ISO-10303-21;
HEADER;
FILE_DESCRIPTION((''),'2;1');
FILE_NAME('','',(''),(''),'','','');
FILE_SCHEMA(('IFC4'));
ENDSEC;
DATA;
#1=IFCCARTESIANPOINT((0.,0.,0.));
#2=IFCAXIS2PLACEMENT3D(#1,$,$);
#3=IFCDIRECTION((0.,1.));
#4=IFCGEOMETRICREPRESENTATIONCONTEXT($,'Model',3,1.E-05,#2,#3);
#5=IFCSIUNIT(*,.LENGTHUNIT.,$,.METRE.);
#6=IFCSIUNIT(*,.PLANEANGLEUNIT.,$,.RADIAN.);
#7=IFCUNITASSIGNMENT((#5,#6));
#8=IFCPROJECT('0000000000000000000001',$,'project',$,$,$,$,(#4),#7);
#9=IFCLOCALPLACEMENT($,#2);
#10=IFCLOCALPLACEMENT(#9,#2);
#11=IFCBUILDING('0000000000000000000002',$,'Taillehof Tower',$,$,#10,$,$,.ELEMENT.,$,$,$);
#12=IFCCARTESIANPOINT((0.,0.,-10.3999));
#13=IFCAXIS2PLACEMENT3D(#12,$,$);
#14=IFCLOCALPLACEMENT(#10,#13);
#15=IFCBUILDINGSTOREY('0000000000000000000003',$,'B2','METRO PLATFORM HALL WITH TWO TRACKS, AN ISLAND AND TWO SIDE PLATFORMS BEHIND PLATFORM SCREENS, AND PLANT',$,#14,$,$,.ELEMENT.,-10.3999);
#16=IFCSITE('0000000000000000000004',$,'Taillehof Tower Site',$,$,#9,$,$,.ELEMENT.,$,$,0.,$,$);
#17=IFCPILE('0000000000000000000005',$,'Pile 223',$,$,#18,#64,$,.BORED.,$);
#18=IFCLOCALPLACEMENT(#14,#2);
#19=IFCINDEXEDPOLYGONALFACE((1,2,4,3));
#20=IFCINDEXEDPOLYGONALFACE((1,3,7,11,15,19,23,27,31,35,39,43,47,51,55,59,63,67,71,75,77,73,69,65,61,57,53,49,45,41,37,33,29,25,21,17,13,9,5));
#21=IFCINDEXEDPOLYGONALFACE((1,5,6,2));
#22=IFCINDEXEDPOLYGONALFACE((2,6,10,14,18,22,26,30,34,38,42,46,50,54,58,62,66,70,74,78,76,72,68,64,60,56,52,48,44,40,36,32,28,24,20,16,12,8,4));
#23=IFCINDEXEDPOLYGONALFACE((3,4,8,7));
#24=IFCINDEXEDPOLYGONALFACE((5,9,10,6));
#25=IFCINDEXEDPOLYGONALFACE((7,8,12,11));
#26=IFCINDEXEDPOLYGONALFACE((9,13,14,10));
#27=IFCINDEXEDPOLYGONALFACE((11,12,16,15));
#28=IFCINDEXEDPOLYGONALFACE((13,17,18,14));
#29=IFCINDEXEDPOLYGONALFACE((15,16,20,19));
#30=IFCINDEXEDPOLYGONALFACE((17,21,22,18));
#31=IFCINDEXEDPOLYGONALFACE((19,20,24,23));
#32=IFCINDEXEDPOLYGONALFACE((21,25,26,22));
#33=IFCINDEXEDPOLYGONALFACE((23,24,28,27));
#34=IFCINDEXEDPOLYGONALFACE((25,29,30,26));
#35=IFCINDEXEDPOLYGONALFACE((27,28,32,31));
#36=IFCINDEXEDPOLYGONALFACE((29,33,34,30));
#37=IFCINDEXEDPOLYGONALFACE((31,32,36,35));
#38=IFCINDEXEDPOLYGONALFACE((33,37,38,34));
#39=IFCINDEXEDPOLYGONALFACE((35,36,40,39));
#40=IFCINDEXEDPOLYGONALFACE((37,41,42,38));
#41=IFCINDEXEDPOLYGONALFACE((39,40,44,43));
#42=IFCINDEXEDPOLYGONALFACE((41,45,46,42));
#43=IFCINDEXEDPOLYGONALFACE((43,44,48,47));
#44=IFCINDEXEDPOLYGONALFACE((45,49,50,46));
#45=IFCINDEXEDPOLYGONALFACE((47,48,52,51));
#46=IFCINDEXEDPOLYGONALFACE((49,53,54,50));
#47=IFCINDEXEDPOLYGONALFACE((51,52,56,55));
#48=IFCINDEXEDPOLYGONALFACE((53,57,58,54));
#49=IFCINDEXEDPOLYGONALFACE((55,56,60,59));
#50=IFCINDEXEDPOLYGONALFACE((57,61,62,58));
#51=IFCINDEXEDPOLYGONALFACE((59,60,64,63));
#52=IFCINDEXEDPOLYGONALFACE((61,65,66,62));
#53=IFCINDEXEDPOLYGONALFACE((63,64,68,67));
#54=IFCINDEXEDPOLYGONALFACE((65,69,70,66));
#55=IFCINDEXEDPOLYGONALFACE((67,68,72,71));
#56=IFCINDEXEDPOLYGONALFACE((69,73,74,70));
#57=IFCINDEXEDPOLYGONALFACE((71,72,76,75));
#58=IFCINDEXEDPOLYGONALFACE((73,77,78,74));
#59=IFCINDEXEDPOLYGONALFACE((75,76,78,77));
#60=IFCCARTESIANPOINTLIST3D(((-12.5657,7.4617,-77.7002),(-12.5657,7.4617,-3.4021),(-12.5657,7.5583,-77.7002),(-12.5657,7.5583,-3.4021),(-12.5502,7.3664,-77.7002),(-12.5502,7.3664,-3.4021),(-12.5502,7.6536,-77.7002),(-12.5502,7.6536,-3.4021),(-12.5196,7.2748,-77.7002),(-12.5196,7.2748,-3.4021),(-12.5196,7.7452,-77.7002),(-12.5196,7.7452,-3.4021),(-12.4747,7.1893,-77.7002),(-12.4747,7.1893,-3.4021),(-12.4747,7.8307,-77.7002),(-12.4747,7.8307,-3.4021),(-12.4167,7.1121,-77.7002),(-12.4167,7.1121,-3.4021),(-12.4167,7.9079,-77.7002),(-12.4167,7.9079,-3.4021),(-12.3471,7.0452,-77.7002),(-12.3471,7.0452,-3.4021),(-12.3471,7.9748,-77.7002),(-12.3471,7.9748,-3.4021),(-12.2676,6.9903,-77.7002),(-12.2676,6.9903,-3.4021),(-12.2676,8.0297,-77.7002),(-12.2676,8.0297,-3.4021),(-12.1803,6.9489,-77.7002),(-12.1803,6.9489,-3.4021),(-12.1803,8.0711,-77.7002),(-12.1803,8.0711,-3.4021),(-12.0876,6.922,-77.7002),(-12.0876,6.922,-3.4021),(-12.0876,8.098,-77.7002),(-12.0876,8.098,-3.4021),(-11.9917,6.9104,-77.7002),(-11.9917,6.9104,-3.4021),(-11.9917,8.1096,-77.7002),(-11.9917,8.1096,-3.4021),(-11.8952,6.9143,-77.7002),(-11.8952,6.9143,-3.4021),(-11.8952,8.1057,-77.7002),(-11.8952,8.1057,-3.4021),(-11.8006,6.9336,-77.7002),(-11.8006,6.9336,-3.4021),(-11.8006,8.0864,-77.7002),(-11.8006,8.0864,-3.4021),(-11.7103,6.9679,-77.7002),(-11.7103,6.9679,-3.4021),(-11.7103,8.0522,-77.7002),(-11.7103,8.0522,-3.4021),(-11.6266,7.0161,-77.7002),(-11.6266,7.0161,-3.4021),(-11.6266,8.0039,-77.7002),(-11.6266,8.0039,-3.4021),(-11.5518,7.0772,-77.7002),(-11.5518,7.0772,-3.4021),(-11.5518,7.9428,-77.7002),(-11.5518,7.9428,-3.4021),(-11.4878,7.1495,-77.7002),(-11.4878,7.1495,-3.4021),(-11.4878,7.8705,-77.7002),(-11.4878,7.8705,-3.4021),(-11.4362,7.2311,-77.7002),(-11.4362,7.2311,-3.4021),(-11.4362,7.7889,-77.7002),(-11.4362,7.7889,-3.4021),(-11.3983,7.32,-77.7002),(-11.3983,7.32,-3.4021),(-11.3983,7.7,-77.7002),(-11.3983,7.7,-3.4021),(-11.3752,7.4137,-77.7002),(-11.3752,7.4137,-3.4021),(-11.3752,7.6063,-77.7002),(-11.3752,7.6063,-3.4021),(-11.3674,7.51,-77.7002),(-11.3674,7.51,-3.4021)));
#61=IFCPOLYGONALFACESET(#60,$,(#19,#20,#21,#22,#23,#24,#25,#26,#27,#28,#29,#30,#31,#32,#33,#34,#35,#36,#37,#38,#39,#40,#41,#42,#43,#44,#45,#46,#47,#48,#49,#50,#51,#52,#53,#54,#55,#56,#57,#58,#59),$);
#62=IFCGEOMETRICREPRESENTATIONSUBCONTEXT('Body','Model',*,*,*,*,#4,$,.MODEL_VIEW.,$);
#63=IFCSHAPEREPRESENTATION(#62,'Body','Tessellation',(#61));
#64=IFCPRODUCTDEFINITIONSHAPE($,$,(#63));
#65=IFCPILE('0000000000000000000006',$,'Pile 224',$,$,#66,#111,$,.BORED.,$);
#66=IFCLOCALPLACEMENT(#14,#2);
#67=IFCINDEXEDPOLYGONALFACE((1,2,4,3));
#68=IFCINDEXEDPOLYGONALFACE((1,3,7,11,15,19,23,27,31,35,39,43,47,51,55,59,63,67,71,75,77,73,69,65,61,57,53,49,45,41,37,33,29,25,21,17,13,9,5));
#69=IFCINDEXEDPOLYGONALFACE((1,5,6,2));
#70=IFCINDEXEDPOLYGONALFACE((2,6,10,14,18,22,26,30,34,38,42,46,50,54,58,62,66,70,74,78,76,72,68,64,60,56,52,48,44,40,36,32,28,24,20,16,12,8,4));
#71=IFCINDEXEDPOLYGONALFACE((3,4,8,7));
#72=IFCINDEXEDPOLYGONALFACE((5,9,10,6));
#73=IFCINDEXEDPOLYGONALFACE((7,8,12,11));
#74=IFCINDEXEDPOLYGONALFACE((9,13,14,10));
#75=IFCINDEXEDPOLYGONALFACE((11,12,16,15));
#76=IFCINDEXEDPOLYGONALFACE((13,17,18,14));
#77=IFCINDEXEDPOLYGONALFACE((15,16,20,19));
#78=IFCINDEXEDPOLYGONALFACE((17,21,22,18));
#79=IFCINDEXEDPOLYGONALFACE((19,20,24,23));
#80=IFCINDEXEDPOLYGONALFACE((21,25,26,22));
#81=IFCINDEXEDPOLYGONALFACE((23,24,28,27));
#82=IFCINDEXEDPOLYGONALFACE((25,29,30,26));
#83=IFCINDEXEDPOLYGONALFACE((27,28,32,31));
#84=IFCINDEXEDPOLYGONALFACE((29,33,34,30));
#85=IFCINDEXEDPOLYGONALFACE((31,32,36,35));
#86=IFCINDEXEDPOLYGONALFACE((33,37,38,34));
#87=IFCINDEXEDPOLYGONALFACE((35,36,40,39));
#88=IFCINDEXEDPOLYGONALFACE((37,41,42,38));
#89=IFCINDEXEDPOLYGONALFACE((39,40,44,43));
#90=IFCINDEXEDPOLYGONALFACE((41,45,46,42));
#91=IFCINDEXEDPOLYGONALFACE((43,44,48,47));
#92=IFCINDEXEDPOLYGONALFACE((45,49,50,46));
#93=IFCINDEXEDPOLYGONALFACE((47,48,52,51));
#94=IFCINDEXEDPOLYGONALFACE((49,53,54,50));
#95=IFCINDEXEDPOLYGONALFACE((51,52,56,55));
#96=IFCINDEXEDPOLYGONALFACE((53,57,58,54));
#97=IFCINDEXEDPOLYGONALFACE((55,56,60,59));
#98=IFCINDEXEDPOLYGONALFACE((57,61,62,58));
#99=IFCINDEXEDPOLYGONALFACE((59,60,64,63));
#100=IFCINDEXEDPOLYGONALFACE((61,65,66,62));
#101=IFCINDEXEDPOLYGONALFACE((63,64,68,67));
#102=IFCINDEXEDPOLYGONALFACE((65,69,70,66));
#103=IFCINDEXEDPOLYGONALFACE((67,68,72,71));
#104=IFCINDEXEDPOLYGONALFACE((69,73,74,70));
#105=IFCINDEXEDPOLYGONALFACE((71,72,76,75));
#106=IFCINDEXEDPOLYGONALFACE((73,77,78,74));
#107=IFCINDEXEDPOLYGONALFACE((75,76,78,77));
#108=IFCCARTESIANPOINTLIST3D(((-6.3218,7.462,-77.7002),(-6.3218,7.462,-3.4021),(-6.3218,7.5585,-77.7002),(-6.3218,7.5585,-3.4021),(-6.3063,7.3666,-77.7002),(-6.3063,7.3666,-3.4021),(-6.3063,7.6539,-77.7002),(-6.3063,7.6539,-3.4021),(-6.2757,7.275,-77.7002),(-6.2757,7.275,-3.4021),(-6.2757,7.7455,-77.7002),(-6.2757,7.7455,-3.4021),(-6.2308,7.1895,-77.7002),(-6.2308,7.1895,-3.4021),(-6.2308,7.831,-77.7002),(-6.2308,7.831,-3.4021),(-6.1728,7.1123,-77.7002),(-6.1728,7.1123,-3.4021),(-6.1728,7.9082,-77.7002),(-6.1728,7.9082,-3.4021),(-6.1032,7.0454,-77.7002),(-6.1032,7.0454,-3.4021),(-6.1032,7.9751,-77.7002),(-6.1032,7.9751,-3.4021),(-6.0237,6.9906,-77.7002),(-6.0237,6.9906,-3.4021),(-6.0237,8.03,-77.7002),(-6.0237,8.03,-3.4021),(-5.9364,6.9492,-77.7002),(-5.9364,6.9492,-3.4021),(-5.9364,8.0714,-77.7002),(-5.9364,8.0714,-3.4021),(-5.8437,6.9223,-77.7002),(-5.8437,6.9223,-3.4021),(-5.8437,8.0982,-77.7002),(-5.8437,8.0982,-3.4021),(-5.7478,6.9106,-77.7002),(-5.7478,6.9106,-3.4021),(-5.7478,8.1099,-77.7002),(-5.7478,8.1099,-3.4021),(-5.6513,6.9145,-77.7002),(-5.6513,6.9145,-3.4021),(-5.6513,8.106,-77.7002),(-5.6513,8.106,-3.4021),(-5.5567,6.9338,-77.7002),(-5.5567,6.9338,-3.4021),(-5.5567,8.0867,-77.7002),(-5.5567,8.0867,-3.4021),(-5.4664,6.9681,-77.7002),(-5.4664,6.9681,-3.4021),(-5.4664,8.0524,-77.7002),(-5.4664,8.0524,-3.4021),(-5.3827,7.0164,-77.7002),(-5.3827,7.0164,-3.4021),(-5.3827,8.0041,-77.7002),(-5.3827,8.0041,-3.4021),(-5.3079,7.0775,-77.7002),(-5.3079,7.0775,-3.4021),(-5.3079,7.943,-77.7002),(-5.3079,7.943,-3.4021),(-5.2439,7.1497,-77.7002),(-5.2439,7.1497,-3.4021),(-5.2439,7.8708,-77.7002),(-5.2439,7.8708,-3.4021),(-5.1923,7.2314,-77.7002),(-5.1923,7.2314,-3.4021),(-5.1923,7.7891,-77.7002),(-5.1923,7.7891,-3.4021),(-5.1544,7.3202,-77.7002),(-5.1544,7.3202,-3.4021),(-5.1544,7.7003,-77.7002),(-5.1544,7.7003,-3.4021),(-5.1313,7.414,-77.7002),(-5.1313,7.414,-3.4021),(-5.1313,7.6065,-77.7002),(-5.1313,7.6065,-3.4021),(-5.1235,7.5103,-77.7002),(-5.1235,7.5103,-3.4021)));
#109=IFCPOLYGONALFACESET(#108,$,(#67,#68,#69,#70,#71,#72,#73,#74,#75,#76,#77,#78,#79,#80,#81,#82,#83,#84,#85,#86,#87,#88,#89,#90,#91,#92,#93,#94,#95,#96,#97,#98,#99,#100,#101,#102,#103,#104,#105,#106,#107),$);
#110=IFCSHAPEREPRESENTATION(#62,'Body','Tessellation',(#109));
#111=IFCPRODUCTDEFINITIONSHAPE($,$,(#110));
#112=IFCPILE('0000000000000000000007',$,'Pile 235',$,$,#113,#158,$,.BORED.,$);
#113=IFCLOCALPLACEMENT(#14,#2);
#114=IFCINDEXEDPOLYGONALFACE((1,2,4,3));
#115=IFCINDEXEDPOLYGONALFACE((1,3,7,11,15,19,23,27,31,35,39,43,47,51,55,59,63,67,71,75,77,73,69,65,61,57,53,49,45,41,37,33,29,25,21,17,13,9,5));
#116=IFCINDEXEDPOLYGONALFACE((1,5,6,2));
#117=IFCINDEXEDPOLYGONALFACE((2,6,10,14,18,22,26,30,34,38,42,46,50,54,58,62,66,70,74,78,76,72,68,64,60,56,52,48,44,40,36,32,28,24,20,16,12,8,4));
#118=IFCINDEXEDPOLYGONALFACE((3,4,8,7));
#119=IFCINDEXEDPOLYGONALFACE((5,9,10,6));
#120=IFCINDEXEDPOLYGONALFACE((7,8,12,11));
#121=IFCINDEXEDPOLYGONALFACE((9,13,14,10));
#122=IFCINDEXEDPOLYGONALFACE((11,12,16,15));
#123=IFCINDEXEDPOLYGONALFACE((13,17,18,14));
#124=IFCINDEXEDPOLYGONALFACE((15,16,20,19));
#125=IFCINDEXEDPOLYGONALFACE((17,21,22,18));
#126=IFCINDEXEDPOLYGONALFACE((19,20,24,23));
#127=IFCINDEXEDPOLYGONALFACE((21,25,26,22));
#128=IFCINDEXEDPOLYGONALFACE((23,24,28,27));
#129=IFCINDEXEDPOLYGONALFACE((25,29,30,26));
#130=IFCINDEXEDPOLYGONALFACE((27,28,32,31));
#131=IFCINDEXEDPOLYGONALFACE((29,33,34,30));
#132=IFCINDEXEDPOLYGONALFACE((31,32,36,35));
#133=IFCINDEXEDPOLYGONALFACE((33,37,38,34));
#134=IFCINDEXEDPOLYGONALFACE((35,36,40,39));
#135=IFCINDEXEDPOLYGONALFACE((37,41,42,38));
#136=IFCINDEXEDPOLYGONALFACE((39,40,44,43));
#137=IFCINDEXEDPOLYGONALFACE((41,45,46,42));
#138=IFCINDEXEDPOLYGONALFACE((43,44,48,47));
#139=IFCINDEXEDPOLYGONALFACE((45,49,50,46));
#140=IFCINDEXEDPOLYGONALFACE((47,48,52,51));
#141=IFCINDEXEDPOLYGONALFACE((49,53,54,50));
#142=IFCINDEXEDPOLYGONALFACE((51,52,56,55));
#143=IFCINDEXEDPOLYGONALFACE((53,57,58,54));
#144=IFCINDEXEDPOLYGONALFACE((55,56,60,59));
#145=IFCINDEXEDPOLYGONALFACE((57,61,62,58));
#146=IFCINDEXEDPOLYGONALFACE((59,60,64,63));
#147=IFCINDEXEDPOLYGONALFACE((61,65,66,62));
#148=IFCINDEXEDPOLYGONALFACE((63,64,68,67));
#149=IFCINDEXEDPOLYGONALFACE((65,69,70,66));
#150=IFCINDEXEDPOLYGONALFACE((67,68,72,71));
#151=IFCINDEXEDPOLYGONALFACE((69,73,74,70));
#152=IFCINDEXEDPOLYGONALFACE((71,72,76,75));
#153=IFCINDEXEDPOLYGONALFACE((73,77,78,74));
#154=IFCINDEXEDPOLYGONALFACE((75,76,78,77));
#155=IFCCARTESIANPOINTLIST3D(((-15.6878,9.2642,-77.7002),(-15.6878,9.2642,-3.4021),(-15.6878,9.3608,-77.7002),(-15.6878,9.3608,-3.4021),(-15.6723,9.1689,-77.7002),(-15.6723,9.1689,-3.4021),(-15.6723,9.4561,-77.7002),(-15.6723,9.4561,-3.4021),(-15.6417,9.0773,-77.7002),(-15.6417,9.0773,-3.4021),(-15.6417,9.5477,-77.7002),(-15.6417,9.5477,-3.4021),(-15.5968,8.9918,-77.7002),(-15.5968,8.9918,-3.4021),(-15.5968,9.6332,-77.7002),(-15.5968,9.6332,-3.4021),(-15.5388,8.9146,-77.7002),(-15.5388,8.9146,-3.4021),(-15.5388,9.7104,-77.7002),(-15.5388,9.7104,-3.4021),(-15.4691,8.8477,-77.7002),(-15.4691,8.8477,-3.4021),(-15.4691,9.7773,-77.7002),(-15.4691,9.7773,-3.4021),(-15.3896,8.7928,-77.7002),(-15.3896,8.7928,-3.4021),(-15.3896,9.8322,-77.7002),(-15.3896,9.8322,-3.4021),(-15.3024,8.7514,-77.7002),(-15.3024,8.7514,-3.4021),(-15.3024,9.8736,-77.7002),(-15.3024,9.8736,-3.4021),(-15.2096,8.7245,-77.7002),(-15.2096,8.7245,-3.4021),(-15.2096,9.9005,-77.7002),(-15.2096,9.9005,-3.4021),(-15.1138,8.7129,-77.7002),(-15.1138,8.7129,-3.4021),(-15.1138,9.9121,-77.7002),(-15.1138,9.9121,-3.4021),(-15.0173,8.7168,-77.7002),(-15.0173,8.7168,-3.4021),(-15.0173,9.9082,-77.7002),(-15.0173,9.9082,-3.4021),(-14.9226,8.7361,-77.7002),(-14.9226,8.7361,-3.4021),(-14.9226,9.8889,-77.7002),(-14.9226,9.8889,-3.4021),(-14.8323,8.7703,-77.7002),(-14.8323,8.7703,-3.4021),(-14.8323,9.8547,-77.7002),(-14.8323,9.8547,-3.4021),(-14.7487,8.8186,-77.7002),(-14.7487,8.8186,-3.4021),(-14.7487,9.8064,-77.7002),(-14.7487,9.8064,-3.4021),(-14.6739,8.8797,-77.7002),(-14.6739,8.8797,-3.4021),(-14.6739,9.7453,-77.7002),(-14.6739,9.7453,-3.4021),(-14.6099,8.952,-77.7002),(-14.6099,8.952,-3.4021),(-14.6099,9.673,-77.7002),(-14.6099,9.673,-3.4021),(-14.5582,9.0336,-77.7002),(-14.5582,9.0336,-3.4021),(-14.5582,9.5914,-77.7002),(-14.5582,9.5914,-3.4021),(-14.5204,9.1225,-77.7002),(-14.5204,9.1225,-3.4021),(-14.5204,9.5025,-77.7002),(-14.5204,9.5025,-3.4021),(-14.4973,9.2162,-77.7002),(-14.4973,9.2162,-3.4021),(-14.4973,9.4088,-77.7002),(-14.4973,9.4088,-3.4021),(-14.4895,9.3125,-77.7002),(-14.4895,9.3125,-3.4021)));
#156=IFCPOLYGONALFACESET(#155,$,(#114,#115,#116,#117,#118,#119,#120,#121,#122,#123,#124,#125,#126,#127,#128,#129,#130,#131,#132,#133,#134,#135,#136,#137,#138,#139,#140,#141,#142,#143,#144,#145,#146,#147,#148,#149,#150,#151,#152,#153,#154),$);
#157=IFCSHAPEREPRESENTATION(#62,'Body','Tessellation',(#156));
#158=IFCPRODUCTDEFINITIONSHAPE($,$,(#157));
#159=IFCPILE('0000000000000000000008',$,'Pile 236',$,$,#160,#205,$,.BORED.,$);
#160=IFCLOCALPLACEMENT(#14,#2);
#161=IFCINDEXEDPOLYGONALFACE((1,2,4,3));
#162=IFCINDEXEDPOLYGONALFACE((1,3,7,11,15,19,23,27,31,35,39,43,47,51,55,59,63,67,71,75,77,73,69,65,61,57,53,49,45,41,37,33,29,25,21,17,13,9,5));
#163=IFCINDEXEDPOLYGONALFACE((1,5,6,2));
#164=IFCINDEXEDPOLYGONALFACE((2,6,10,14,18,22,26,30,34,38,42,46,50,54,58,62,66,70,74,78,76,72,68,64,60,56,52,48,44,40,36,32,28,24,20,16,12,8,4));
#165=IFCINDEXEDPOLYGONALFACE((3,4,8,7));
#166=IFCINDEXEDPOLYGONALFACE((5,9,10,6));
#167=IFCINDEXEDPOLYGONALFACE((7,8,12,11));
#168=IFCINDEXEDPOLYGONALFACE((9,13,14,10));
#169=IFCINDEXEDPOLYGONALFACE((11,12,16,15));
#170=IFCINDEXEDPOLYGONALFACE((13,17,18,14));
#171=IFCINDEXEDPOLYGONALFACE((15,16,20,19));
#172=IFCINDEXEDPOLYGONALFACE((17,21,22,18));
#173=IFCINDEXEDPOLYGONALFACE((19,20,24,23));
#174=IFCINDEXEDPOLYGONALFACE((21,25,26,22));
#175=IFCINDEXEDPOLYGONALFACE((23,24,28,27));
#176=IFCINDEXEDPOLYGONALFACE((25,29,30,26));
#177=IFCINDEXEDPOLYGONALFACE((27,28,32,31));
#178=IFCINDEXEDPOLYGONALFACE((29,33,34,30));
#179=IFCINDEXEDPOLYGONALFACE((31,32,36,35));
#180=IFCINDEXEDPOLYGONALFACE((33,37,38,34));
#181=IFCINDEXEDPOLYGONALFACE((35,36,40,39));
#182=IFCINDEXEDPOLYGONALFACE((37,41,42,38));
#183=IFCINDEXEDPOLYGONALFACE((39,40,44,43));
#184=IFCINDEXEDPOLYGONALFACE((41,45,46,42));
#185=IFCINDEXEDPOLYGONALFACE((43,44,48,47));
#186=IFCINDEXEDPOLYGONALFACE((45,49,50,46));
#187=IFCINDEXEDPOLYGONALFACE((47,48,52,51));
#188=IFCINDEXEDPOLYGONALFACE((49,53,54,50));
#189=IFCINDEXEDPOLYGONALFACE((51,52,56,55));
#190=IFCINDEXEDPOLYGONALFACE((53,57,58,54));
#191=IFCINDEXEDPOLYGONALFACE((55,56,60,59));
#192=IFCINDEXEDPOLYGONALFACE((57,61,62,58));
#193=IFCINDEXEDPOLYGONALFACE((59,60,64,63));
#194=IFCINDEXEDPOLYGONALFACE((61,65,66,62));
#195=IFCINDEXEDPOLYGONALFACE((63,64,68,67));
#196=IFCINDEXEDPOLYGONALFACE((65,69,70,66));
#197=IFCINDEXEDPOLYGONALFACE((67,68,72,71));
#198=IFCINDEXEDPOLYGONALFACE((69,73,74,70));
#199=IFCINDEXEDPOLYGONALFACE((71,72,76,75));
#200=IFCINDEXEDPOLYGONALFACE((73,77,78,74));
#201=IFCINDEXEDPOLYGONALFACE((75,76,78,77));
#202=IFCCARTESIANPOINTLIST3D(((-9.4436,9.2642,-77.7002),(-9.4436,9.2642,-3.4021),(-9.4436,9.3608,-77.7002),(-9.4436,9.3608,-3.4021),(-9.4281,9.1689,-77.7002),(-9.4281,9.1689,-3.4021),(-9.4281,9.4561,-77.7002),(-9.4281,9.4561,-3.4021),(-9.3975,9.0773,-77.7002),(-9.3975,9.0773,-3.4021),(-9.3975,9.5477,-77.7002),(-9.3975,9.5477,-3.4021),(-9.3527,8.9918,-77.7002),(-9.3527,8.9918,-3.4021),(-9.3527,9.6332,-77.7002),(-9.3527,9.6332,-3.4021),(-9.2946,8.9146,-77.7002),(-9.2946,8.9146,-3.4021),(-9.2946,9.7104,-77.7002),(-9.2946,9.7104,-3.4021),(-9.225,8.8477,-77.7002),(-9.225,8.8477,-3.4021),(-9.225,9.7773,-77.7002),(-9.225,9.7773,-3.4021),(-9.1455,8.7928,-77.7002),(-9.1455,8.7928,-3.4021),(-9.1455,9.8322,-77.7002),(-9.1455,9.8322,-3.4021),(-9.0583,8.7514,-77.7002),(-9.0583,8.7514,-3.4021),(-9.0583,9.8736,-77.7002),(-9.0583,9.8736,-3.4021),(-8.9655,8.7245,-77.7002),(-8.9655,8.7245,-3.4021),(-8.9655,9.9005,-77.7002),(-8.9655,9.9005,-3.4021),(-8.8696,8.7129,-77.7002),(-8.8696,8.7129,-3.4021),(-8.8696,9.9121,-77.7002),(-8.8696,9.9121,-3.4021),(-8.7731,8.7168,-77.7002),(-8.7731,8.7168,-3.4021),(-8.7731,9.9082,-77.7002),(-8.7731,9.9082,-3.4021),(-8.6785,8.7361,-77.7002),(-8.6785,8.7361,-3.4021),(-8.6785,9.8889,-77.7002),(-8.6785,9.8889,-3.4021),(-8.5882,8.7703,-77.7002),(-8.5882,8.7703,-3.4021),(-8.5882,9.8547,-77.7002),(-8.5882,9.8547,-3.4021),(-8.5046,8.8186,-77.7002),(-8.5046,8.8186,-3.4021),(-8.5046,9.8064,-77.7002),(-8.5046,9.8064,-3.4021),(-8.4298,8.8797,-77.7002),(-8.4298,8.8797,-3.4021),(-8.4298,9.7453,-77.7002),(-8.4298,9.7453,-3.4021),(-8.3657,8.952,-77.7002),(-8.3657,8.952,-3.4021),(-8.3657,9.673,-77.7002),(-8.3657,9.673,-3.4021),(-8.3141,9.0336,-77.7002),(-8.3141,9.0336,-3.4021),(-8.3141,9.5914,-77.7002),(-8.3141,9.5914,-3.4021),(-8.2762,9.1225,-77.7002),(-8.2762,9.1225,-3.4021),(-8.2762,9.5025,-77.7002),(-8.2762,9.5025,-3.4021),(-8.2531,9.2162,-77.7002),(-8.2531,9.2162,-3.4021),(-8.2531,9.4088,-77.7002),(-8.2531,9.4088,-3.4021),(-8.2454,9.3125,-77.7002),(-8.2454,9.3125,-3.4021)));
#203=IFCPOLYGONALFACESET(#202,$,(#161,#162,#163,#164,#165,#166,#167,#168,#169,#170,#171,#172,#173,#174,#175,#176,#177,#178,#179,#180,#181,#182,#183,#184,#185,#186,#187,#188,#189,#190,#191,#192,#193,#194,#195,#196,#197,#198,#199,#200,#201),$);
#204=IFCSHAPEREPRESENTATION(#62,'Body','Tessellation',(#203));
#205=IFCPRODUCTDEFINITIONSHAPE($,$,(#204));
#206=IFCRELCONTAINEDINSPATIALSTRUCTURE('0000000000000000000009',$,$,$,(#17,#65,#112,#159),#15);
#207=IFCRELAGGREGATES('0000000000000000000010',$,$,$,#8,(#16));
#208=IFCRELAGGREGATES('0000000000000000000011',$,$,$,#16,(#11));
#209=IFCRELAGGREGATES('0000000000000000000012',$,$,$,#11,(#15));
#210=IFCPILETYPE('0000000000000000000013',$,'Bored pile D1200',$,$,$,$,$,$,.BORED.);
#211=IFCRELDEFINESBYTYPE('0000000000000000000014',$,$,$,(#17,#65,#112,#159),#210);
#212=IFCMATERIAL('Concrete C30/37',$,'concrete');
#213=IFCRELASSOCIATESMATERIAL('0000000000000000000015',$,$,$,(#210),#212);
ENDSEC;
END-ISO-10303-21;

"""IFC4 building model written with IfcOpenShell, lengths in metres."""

from ifc_helpers import new_model, si_unit, direction, frame, origin, origin_2d, place, context, subcontext, project, spatial, circle, extrude, material, material_profile, profile_set, type_object, element, save


model = new_model("IFC4")

# Units and contexts
model_context = context("Model", 3, precision=1e-05, world=origin(), true_north=direction((0.0, 1.0)))
body_context = subcontext(model_context, "Body", "Model", "MODEL_VIEW")
ifc_project = project(units=[si_unit("LENGTHUNIT", "METRE"), si_unit("PLANEANGLEUNIT", "RADIAN")], contexts=[model_context])

# Site, building, storey
site_placement = place(None, origin())
site = spatial("IfcSite", under=ifc_project, at=site_placement, Name="Taillehof Tower Site", CompositionType="ELEMENT", RefElevation=0.0)
building_placement = place(site_placement, origin())
building = spatial("IfcBuilding", under=site, at=building_placement, Name="Taillehof Tower", CompositionType="ELEMENT")
storey_placement = place(building_placement, frame((0.0, 0.0, -10.3999)))
storey = spatial("IfcBuildingStorey", under=building, at=storey_placement, Name="B2", Description="METRO PLATFORM HALL WITH TWO TRACKS, AN ISLAND AND TWO SIDE PLATFORMS BEHIND PLATFORM SCREENS, AND PLANT", CompositionType="ELEMENT", Elevation=-10.3999)

# Piles
ifc_material_1 = material(Name="Concrete C30/37", Category="concrete")
ifc_material_profile_1 = material_profile(ifc_material_1, circle(Radius=0.6001, at=origin_2d()), Name="BP D1200")
ifc_profile_set_1 = profile_set([ifc_material_profile_1], Name="Concrete C30/37")
pile_type = type_object("IfcPileType", Name="Bored pile D1200", PredefinedType="BORED", material=ifc_profile_set_1)
for number, where, z_axis, x_axis, name in (
    (1, (-11.9675, 7.51, -3.4021), (0.0, 0.0, -1.0), (1.0, 0.0, 0.0), "Pile 223"),
    (2, (-5.7236, 7.5103, -3.4021), (0.0, 0.0, -1.0), (1.0, 0.0, 0.0), "Pile 224"),
    (3, (-15.0896, 9.3125, -3.4021), (0.0, 0.0, -1.0), (1.0, 0.0, 0.0), "Pile 235"),
    (4, (-8.8455, 9.3125, -3.4021), (0.0, 0.0, -1.0), (1.0, 0.0, 0.0), "Pile 236"),
):
    element("IfcPile", number, at=place(storey_placement, frame(where, z_axis=z_axis, x_axis=x_axis)), inside=storey, type_object=pile_type, Name=name, PredefinedType="BORED", context=body_context, shape_type="SweptSolid", body=[
        extrude(circle(Radius=0.6001, at=origin_2d()), origin(), (0.0, 0.0, 1.0), 74.2981),
    ])

save(model, "model.ifc")
